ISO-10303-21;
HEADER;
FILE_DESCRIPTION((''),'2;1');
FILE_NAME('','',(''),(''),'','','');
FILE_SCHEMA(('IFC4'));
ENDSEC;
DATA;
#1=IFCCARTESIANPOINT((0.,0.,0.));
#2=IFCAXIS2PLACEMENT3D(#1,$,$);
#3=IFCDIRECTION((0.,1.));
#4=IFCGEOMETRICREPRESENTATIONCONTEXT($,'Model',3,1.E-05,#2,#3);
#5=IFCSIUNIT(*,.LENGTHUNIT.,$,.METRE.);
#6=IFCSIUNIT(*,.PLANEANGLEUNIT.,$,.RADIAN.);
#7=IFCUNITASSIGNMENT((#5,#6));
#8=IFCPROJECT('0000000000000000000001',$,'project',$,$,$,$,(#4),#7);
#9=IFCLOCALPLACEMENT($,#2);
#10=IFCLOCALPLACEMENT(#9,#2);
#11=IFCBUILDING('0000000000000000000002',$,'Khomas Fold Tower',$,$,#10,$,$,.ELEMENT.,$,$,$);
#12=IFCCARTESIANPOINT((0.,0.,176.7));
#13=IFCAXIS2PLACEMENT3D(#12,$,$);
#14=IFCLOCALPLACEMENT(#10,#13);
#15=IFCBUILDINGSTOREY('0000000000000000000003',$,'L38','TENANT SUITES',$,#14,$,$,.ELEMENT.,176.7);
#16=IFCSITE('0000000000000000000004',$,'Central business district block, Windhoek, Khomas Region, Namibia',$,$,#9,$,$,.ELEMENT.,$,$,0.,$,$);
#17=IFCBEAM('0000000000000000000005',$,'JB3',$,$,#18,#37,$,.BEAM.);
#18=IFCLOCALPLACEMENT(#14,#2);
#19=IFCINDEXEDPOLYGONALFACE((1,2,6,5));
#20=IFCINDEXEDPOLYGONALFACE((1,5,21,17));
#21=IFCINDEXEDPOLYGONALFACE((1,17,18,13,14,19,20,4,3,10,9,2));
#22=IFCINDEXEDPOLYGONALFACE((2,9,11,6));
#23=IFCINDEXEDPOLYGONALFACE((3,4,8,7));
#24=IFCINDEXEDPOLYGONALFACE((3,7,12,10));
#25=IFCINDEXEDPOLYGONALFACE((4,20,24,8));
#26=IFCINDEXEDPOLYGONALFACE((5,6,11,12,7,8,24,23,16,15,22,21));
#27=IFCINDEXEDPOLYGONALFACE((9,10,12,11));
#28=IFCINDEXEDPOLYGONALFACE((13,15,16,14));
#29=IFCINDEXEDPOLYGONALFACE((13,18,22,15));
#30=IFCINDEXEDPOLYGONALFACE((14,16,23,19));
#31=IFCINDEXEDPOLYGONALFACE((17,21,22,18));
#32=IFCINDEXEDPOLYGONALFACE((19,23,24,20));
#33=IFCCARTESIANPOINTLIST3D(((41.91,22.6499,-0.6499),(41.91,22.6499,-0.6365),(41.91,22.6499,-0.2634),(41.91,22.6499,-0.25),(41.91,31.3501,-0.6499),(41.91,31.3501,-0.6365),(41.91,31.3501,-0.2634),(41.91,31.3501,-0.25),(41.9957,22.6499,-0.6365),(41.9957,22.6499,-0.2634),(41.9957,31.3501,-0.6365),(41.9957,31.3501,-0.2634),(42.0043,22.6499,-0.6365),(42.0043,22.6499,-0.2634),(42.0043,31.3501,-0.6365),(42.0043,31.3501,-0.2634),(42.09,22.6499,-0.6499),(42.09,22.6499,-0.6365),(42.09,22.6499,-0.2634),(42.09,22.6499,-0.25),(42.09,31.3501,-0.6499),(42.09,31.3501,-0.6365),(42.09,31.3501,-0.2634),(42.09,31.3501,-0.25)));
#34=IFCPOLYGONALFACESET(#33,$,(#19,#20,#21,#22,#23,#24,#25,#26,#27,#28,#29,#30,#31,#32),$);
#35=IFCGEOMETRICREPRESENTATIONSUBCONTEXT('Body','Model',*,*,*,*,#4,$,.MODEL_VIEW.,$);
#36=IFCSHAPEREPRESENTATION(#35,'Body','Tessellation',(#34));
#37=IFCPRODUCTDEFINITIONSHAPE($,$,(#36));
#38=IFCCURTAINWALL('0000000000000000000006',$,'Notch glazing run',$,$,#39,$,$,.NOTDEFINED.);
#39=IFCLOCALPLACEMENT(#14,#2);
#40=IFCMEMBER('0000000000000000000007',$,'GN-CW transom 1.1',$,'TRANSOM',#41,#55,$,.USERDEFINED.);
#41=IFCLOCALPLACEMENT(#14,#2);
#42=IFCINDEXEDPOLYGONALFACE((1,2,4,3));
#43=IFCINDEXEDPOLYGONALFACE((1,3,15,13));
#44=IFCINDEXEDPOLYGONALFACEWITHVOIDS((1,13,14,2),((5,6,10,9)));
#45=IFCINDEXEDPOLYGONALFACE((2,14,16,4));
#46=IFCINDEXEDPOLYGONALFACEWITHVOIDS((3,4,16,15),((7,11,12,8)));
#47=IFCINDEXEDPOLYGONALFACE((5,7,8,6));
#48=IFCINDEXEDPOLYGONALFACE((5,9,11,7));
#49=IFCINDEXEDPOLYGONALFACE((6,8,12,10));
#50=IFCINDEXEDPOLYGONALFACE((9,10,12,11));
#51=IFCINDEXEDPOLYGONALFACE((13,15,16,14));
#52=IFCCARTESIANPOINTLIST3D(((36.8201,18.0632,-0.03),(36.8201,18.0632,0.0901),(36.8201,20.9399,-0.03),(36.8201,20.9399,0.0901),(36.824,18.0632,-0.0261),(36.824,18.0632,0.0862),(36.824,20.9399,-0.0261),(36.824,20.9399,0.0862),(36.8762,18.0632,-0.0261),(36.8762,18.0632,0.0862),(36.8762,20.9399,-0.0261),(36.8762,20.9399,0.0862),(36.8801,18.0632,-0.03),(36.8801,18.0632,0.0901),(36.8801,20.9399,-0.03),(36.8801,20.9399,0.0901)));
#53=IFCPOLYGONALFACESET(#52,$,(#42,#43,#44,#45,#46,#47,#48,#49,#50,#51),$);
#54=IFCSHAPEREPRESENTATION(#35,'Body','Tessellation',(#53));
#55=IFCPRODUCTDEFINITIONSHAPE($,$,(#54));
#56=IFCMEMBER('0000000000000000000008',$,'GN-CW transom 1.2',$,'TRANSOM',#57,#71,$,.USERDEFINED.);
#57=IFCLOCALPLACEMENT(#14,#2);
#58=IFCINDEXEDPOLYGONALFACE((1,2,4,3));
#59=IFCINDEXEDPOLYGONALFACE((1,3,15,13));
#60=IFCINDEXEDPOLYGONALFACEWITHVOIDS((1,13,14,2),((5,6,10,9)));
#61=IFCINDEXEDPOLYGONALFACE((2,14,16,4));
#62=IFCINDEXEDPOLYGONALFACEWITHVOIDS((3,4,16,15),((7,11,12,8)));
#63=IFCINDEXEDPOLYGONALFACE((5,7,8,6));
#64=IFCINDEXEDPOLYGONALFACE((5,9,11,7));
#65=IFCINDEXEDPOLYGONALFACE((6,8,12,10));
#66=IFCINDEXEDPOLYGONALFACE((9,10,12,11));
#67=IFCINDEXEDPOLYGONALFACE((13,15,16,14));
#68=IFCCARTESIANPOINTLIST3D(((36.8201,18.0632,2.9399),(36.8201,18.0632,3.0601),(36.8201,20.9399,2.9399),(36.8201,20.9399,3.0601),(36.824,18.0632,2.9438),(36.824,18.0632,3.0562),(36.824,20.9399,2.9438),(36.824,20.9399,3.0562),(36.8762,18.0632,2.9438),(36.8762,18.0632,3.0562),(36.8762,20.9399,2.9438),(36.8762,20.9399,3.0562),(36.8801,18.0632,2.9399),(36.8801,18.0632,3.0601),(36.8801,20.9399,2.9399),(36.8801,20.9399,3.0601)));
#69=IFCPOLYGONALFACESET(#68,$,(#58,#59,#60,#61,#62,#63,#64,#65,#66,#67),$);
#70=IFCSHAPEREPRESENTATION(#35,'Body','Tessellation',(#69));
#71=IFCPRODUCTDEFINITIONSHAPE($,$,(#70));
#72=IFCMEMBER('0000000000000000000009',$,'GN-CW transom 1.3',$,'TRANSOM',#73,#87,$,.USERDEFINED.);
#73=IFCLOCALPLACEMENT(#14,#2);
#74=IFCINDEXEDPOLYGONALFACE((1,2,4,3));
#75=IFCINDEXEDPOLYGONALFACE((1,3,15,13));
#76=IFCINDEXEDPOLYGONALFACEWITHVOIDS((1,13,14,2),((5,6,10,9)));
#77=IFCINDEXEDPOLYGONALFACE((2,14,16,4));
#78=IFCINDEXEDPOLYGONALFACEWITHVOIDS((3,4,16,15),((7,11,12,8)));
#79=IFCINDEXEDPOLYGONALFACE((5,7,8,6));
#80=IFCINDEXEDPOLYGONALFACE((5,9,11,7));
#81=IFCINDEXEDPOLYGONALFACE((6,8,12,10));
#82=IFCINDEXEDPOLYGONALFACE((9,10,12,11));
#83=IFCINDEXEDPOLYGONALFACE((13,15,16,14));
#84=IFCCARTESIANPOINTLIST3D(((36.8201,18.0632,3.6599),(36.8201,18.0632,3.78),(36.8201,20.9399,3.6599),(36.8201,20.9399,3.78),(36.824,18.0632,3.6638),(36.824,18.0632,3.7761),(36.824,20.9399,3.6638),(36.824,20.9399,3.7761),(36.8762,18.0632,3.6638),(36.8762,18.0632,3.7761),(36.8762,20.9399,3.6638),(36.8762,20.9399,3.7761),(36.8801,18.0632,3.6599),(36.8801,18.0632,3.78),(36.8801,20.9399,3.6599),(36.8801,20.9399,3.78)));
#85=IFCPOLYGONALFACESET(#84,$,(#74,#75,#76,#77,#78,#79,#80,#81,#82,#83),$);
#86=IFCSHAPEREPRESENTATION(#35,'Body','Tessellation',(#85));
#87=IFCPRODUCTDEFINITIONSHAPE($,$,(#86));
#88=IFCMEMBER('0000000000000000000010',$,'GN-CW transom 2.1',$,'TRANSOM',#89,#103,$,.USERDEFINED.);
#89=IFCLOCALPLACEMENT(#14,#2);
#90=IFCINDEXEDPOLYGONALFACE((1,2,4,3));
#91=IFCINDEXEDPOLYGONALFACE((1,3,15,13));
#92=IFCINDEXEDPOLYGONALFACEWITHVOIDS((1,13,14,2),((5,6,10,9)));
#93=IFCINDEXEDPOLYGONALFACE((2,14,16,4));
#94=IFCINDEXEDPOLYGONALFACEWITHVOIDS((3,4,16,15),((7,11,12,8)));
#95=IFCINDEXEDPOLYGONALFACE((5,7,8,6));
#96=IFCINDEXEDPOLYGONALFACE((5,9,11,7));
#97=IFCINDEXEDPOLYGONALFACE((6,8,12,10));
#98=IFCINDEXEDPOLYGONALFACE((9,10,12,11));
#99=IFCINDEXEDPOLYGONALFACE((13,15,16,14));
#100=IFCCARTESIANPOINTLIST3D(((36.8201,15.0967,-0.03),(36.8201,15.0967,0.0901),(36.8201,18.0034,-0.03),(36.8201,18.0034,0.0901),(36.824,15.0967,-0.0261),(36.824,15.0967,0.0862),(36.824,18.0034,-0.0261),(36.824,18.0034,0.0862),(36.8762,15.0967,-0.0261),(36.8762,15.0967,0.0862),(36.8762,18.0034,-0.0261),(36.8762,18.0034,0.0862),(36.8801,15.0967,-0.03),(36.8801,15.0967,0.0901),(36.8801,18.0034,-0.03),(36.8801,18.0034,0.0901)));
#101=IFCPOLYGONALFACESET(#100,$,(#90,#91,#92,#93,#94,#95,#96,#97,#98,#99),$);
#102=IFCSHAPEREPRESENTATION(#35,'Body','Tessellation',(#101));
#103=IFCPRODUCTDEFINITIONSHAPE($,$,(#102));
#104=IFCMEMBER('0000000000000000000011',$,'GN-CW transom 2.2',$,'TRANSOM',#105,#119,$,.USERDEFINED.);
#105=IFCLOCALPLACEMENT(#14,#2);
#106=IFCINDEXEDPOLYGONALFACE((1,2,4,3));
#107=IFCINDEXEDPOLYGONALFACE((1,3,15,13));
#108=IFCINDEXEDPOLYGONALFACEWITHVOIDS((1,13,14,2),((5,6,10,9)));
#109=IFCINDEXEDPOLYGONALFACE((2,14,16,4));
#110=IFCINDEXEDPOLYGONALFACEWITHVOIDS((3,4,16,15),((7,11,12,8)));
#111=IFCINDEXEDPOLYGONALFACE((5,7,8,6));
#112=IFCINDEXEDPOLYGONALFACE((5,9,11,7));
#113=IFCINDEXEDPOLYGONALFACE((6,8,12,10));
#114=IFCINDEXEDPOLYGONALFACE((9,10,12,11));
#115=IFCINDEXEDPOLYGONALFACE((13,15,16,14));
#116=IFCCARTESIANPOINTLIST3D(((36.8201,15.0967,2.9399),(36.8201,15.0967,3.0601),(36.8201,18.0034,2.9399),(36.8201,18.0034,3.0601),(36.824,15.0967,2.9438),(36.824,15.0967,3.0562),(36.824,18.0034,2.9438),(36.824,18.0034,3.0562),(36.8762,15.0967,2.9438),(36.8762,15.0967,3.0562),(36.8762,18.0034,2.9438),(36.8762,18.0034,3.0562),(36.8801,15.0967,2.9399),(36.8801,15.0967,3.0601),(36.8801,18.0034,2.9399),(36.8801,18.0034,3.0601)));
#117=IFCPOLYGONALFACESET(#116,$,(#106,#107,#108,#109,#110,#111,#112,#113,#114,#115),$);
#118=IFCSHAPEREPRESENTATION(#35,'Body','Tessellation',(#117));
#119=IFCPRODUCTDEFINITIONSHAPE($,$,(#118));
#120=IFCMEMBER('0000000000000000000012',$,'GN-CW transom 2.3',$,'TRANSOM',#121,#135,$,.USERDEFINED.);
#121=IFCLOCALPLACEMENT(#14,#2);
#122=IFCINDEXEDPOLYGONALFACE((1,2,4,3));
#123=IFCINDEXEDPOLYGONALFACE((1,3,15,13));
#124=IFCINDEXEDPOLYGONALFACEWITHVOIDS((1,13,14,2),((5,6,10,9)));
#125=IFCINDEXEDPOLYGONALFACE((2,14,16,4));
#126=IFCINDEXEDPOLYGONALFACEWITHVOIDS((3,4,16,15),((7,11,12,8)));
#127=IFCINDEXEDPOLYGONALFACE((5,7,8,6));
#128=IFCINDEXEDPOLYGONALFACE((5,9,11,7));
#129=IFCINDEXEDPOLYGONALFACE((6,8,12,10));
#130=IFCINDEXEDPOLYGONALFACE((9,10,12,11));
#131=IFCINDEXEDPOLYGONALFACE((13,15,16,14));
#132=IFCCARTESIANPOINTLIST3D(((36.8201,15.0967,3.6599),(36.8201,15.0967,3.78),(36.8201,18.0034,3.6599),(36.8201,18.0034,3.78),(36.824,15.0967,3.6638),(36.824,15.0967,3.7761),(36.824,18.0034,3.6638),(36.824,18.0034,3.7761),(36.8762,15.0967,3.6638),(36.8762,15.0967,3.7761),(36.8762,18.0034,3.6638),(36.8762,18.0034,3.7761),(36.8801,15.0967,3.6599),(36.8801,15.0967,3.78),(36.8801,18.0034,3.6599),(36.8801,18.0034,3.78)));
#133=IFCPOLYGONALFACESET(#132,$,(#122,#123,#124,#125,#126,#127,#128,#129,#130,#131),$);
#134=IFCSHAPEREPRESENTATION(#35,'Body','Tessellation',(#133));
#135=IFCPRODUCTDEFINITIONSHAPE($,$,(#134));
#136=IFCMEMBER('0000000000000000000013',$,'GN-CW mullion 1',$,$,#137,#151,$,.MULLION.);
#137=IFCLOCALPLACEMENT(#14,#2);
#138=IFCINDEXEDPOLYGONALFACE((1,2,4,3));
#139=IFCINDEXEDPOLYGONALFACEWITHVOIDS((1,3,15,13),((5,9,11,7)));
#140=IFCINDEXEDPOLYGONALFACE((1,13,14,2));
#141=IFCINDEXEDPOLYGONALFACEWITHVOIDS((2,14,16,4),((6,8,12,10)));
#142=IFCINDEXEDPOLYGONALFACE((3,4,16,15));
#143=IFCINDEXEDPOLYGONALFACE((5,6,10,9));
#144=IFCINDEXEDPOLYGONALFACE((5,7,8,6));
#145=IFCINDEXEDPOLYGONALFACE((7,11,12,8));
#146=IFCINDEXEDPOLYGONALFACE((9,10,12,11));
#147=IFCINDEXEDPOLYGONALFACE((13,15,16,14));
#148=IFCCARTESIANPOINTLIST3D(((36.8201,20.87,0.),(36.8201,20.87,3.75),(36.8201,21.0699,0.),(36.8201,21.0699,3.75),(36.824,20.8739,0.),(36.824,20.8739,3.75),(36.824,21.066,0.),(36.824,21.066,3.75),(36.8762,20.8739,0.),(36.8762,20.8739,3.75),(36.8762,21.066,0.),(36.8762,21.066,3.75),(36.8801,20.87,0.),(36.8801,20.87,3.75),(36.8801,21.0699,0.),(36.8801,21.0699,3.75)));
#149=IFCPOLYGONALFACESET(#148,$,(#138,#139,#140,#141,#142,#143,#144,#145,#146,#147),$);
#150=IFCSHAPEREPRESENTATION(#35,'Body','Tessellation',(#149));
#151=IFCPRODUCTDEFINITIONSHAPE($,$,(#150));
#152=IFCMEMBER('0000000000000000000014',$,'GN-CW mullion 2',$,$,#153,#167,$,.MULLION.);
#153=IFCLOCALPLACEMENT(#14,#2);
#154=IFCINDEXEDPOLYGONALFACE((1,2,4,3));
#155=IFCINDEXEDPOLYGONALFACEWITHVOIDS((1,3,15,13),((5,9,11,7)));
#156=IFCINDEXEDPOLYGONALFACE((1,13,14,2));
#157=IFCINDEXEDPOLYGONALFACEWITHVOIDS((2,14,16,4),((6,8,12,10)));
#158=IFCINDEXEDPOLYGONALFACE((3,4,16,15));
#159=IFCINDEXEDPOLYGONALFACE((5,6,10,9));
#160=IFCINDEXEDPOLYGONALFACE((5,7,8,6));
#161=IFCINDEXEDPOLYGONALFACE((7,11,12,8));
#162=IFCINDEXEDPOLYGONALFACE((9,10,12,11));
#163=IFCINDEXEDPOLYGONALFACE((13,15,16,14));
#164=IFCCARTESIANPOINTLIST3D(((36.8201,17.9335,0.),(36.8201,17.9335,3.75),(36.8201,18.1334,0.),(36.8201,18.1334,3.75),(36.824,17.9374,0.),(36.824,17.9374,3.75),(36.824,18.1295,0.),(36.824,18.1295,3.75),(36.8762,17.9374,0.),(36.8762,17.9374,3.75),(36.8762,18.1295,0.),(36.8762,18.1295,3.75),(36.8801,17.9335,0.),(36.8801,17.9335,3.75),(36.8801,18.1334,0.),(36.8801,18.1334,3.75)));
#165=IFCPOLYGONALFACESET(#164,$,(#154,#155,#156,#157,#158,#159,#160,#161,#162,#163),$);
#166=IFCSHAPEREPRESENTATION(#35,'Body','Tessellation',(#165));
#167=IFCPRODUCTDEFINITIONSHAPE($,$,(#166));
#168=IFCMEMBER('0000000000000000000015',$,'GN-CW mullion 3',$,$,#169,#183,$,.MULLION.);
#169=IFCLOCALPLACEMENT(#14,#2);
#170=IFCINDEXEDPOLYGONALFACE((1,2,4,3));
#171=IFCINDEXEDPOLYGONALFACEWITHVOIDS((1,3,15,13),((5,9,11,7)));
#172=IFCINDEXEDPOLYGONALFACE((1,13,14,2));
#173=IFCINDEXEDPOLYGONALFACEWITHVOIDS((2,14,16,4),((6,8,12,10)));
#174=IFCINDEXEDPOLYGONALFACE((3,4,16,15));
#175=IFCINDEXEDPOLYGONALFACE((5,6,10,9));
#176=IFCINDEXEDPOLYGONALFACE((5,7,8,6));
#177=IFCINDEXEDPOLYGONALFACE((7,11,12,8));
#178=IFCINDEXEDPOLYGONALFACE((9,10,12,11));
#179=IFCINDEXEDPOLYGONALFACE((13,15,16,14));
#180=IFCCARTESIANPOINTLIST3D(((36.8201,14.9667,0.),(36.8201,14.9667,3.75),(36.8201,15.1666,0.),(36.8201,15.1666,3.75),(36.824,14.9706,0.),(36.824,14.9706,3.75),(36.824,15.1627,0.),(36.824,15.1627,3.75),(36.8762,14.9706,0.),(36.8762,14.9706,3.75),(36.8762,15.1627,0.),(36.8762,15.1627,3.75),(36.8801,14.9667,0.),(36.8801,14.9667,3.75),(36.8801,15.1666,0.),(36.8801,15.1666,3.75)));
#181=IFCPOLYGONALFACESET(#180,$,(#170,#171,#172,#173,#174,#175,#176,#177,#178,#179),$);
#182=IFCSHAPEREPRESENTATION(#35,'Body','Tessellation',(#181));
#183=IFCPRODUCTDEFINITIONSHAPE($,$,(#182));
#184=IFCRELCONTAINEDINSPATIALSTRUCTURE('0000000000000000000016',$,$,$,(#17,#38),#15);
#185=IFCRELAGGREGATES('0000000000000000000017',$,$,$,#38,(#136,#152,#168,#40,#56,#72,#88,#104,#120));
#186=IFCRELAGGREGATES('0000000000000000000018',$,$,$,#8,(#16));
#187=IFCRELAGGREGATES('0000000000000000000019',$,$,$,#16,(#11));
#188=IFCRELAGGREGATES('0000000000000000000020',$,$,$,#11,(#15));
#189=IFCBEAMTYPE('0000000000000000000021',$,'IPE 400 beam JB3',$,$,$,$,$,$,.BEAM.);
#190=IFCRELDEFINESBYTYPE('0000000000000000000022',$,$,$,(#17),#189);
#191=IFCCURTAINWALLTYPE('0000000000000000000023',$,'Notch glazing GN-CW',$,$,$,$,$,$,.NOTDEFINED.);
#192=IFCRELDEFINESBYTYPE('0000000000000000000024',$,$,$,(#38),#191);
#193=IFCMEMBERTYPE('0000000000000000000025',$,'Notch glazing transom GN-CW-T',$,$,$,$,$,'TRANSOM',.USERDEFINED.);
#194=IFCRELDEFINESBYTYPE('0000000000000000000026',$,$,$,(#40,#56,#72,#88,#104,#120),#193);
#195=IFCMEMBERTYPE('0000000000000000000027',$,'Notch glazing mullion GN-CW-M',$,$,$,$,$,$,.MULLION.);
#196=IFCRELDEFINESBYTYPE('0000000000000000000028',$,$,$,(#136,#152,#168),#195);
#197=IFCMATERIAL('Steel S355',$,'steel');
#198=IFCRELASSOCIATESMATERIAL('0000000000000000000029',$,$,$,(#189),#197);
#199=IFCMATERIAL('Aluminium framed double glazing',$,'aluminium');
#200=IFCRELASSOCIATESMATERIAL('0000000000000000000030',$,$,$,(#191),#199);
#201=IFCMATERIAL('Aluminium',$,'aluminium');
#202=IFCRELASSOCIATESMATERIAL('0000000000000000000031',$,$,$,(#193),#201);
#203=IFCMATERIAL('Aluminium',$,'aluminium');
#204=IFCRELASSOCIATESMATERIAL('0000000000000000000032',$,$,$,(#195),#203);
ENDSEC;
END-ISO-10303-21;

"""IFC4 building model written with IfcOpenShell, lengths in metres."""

from ifc_helpers import new_model, si_unit, direction, frame, origin, origin_2d, place, context, subcontext, project, spatial, hollow_rectangle, i_section, extrude, source, transform, mapped, material, material_profile, profile_set, type_object, element, aggregate, save


model = new_model("IFC4")

# Units and contexts
model_context = context("Model", 3, precision=1e-05, world=origin(), true_north=direction((0.0, 1.0)))
body_context = subcontext(model_context, "Body", "Model", "MODEL_VIEW")
ifc_project = project(units=[si_unit("LENGTHUNIT", "METRE"), si_unit("PLANEANGLEUNIT", "RADIAN")], contexts=[model_context])

# Site, building, storey
site_placement = place(None, origin())
site = spatial("IfcSite", under=ifc_project, at=site_placement, Name="Central business district block, Windhoek, Khomas Region, Namibia", CompositionType="ELEMENT", RefElevation=0.0)
building_placement = place(site_placement, origin())
building = spatial("IfcBuilding", under=site, at=building_placement, Name="Khomas Fold Tower", CompositionType="ELEMENT")
storey_placement = place(building_placement, frame((0.0, 0.0, 176.7)))
storey = spatial("IfcBuildingStorey", under=building, at=storey_placement, Name="L38", Description="TENANT SUITES", CompositionType="ELEMENT", Elevation=176.7)

# Beam
ifc_material_1 = material(Name="Steel S355", Category="steel")
ifc_material_profile_1 = material_profile(ifc_material_1, i_section(OverallWidth=0.1799, OverallDepth=0.3999, WebThickness=0.0085, FlangeThickness=0.0134, at=origin_2d()), Name="IPE 400")
ifc_profile_set_1 = profile_set([ifc_material_profile_1], Name="Steel S355")
beam_type = type_object("IfcBeamType", Name="IPE 400 beam JB3", PredefinedType="BEAM", material=ifc_profile_set_1)
shared_shape_1 = source(origin(), body_context, "Body", "SweptSolid", [
    extrude(i_section(OverallWidth=0.1799, OverallDepth=0.3999, WebThickness=0.0085, FlangeThickness=0.0134, at=origin_2d()), origin(), (0.0, 0.0, 1.0), 8.7002),
])
beam_placement = place(storey_placement, frame((42.0, 22.6499, -0.45), z_axis=(0.0, 1.0, 0.0), x_axis=(-1.0, 0.0, 0.0)))
element("IfcBeam", 1, at=beam_placement, inside=storey, type_object=beam_type, Name="JB3", PredefinedType="BEAM", context=body_context, shape_type="MappedRepresentation", body=[
    mapped(shared_shape_1, transform((0.0, 0.0, 0.0))),
])

# Curtain wall, members
ifc_material_2 = material(Name="Aluminium framed double glazing", Category="aluminium")
curtain_wall_type = type_object("IfcCurtainWallType", Name="Notch glazing GN-CW", PredefinedType="NOTDEFINED", material=ifc_material_2)
curtain_wall_placement = place(storey_placement, origin())
curtain_wall = element("IfcCurtainWall", 2, at=curtain_wall_placement, inside=storey, type_object=curtain_wall_type, Name="Notch glazing run", PredefinedType="NOTDEFINED")
ifc_material_3 = material(Name="Aluminium", Category="aluminium")
ifc_material_profile_2 = material_profile(ifc_material_3, hollow_rectangle(XDim=0.0601, YDim=0.1201, WallThickness=0.0039, at=origin_2d()), Name="Notch glazing transom GN-CW-T")
ifc_profile_set_2 = profile_set([ifc_material_profile_2], Name="Aluminium")
member_type_1 = type_object("IfcMemberType", Name="Notch glazing transom GN-CW-T", ElementType="TRANSOM", PredefinedType="USERDEFINED", material=ifc_profile_set_2)
shared_shape_2 = source(origin(), body_context, "Body", "SweptSolid", [
    extrude(hollow_rectangle(XDim=0.0601, YDim=0.1201, WallThickness=0.0039, at=origin_2d()), origin(), (0.0, 0.0, 1.0), 2.8767),
])
member_1_placement = place(storey_placement, frame((36.8501, 20.9399, 0.03), z_axis=(0.0, -1.0, 0.0), x_axis=(1.0, 0.0, 0.0)))
member_1 = element("IfcMember", 3, at=member_1_placement, type_object=member_type_1, Name="GN-CW transom 1.1", ObjectType="TRANSOM", PredefinedType="USERDEFINED", context=body_context, shape_type="MappedRepresentation", body=[
    mapped(shared_shape_2, transform((0.0, 0.0, 0.0))),
])
member_2_placement = place(storey_placement, frame((36.8501, 20.9399, 3.0), z_axis=(0.0, -1.0, 0.0), x_axis=(1.0, 0.0, 0.0)))
member_2 = element("IfcMember", 4, at=member_2_placement, type_object=member_type_1, Name="GN-CW transom 1.2", ObjectType="TRANSOM", PredefinedType="USERDEFINED", context=body_context, shape_type="MappedRepresentation", body=[
    mapped(shared_shape_2, transform((0.0, 0.0, 0.0))),
])
member_3_placement = place(storey_placement, frame((36.8501, 20.9399, 3.72), z_axis=(0.0, -1.0, 0.0), x_axis=(1.0, 0.0, 0.0)))
member_3 = element("IfcMember", 5, at=member_3_placement, type_object=member_type_1, Name="GN-CW transom 1.3", ObjectType="TRANSOM", PredefinedType="USERDEFINED", context=body_context, shape_type="MappedRepresentation", body=[
    mapped(shared_shape_2, transform((0.0, 0.0, 0.0))),
])
shared_shape_3 = source(origin(), body_context, "Body", "SweptSolid", [
    extrude(hollow_rectangle(XDim=0.0601, YDim=0.1201, WallThickness=0.0039, at=origin_2d()), origin(), (0.0, 0.0, 1.0), 2.9067),
])
member_4_placement = place(storey_placement, frame((36.8501, 18.0034, 0.03), z_axis=(0.0, -1.0, 0.0), x_axis=(1.0, 0.0, 0.0)))
member_4 = element("IfcMember", 6, at=member_4_placement, type_object=member_type_1, Name="GN-CW transom 2.1", ObjectType="TRANSOM", PredefinedType="USERDEFINED", context=body_context, shape_type="MappedRepresentation", body=[
    mapped(shared_shape_3, transform((0.0, 0.0, 0.0))),
])
member_5_placement = place(storey_placement, frame((36.8501, 18.0034, 3.0), z_axis=(0.0, -1.0, 0.0), x_axis=(1.0, 0.0, 0.0)))
member_5 = element("IfcMember", 7, at=member_5_placement, type_object=member_type_1, Name="GN-CW transom 2.2", ObjectType="TRANSOM", PredefinedType="USERDEFINED", context=body_context, shape_type="MappedRepresentation", body=[
    mapped(shared_shape_3, transform((0.0, 0.0, 0.0))),
])
member_6_placement = place(storey_placement, frame((36.8501, 18.0034, 3.72), z_axis=(0.0, -1.0, 0.0), x_axis=(1.0, 0.0, 0.0)))
member_6 = element("IfcMember", 8, at=member_6_placement, type_object=member_type_1, Name="GN-CW transom 2.3", ObjectType="TRANSOM", PredefinedType="USERDEFINED", context=body_context, shape_type="MappedRepresentation", body=[
    mapped(shared_shape_3, transform((0.0, 0.0, 0.0))),
])
ifc_material_4 = material(Name="Aluminium", Category="aluminium")
ifc_material_profile_3 = material_profile(ifc_material_4, hollow_rectangle(XDim=0.0601, YDim=0.2, WallThickness=0.0039, at=origin_2d()), Name="Notch glazing mullion GN-CW-M")
ifc_profile_set_3 = profile_set([ifc_material_profile_3], Name="Aluminium")
member_type_2 = type_object("IfcMemberType", Name="Notch glazing mullion GN-CW-M", PredefinedType="MULLION", material=ifc_profile_set_3)
shared_shape_4 = source(origin(), body_context, "Body", "SweptSolid", [
    extrude(hollow_rectangle(XDim=0.0601, YDim=0.2, WallThickness=0.0039, at=origin_2d()), origin(), (0.0, 0.0, 1.0), 3.75),
])
member_7_placement = place(storey_placement, frame((36.8501, 20.97, 0.0), z_axis=(0.0, 0.0, 1.0), x_axis=(1.0, 0.0, 0.0)))
member_7 = element("IfcMember", 9, at=member_7_placement, type_object=member_type_2, Name="GN-CW mullion 1", PredefinedType="MULLION", context=body_context, shape_type="MappedRepresentation", body=[
    mapped(shared_shape_4, transform((0.0, 0.0, 0.0))),
])
member_8_placement = place(storey_placement, frame((36.8501, 18.0334, 0.0), z_axis=(0.0, 0.0, 1.0), x_axis=(1.0, 0.0, 0.0)))
member_8 = element("IfcMember", 10, at=member_8_placement, type_object=member_type_2, Name="GN-CW mullion 2", PredefinedType="MULLION", context=body_context, shape_type="MappedRepresentation", body=[
    mapped(shared_shape_4, transform((0.0, 0.0, 0.0))),
])
member_9_placement = place(storey_placement, frame((36.8501, 15.0667, 0.0), z_axis=(0.0, 0.0, 1.0), x_axis=(1.0, 0.0, 0.0)))
member_9 = element("IfcMember", 11, at=member_9_placement, type_object=member_type_2, Name="GN-CW mullion 3", PredefinedType="MULLION", context=body_context, shape_type="MappedRepresentation", body=[
    mapped(shared_shape_4, transform((0.0, 0.0, 0.0))),
])
aggregate(curtain_wall, [member_7, member_8, member_9, member_1, member_2, member_3, member_4, member_5, member_6])

save(model, "model.ifc")
